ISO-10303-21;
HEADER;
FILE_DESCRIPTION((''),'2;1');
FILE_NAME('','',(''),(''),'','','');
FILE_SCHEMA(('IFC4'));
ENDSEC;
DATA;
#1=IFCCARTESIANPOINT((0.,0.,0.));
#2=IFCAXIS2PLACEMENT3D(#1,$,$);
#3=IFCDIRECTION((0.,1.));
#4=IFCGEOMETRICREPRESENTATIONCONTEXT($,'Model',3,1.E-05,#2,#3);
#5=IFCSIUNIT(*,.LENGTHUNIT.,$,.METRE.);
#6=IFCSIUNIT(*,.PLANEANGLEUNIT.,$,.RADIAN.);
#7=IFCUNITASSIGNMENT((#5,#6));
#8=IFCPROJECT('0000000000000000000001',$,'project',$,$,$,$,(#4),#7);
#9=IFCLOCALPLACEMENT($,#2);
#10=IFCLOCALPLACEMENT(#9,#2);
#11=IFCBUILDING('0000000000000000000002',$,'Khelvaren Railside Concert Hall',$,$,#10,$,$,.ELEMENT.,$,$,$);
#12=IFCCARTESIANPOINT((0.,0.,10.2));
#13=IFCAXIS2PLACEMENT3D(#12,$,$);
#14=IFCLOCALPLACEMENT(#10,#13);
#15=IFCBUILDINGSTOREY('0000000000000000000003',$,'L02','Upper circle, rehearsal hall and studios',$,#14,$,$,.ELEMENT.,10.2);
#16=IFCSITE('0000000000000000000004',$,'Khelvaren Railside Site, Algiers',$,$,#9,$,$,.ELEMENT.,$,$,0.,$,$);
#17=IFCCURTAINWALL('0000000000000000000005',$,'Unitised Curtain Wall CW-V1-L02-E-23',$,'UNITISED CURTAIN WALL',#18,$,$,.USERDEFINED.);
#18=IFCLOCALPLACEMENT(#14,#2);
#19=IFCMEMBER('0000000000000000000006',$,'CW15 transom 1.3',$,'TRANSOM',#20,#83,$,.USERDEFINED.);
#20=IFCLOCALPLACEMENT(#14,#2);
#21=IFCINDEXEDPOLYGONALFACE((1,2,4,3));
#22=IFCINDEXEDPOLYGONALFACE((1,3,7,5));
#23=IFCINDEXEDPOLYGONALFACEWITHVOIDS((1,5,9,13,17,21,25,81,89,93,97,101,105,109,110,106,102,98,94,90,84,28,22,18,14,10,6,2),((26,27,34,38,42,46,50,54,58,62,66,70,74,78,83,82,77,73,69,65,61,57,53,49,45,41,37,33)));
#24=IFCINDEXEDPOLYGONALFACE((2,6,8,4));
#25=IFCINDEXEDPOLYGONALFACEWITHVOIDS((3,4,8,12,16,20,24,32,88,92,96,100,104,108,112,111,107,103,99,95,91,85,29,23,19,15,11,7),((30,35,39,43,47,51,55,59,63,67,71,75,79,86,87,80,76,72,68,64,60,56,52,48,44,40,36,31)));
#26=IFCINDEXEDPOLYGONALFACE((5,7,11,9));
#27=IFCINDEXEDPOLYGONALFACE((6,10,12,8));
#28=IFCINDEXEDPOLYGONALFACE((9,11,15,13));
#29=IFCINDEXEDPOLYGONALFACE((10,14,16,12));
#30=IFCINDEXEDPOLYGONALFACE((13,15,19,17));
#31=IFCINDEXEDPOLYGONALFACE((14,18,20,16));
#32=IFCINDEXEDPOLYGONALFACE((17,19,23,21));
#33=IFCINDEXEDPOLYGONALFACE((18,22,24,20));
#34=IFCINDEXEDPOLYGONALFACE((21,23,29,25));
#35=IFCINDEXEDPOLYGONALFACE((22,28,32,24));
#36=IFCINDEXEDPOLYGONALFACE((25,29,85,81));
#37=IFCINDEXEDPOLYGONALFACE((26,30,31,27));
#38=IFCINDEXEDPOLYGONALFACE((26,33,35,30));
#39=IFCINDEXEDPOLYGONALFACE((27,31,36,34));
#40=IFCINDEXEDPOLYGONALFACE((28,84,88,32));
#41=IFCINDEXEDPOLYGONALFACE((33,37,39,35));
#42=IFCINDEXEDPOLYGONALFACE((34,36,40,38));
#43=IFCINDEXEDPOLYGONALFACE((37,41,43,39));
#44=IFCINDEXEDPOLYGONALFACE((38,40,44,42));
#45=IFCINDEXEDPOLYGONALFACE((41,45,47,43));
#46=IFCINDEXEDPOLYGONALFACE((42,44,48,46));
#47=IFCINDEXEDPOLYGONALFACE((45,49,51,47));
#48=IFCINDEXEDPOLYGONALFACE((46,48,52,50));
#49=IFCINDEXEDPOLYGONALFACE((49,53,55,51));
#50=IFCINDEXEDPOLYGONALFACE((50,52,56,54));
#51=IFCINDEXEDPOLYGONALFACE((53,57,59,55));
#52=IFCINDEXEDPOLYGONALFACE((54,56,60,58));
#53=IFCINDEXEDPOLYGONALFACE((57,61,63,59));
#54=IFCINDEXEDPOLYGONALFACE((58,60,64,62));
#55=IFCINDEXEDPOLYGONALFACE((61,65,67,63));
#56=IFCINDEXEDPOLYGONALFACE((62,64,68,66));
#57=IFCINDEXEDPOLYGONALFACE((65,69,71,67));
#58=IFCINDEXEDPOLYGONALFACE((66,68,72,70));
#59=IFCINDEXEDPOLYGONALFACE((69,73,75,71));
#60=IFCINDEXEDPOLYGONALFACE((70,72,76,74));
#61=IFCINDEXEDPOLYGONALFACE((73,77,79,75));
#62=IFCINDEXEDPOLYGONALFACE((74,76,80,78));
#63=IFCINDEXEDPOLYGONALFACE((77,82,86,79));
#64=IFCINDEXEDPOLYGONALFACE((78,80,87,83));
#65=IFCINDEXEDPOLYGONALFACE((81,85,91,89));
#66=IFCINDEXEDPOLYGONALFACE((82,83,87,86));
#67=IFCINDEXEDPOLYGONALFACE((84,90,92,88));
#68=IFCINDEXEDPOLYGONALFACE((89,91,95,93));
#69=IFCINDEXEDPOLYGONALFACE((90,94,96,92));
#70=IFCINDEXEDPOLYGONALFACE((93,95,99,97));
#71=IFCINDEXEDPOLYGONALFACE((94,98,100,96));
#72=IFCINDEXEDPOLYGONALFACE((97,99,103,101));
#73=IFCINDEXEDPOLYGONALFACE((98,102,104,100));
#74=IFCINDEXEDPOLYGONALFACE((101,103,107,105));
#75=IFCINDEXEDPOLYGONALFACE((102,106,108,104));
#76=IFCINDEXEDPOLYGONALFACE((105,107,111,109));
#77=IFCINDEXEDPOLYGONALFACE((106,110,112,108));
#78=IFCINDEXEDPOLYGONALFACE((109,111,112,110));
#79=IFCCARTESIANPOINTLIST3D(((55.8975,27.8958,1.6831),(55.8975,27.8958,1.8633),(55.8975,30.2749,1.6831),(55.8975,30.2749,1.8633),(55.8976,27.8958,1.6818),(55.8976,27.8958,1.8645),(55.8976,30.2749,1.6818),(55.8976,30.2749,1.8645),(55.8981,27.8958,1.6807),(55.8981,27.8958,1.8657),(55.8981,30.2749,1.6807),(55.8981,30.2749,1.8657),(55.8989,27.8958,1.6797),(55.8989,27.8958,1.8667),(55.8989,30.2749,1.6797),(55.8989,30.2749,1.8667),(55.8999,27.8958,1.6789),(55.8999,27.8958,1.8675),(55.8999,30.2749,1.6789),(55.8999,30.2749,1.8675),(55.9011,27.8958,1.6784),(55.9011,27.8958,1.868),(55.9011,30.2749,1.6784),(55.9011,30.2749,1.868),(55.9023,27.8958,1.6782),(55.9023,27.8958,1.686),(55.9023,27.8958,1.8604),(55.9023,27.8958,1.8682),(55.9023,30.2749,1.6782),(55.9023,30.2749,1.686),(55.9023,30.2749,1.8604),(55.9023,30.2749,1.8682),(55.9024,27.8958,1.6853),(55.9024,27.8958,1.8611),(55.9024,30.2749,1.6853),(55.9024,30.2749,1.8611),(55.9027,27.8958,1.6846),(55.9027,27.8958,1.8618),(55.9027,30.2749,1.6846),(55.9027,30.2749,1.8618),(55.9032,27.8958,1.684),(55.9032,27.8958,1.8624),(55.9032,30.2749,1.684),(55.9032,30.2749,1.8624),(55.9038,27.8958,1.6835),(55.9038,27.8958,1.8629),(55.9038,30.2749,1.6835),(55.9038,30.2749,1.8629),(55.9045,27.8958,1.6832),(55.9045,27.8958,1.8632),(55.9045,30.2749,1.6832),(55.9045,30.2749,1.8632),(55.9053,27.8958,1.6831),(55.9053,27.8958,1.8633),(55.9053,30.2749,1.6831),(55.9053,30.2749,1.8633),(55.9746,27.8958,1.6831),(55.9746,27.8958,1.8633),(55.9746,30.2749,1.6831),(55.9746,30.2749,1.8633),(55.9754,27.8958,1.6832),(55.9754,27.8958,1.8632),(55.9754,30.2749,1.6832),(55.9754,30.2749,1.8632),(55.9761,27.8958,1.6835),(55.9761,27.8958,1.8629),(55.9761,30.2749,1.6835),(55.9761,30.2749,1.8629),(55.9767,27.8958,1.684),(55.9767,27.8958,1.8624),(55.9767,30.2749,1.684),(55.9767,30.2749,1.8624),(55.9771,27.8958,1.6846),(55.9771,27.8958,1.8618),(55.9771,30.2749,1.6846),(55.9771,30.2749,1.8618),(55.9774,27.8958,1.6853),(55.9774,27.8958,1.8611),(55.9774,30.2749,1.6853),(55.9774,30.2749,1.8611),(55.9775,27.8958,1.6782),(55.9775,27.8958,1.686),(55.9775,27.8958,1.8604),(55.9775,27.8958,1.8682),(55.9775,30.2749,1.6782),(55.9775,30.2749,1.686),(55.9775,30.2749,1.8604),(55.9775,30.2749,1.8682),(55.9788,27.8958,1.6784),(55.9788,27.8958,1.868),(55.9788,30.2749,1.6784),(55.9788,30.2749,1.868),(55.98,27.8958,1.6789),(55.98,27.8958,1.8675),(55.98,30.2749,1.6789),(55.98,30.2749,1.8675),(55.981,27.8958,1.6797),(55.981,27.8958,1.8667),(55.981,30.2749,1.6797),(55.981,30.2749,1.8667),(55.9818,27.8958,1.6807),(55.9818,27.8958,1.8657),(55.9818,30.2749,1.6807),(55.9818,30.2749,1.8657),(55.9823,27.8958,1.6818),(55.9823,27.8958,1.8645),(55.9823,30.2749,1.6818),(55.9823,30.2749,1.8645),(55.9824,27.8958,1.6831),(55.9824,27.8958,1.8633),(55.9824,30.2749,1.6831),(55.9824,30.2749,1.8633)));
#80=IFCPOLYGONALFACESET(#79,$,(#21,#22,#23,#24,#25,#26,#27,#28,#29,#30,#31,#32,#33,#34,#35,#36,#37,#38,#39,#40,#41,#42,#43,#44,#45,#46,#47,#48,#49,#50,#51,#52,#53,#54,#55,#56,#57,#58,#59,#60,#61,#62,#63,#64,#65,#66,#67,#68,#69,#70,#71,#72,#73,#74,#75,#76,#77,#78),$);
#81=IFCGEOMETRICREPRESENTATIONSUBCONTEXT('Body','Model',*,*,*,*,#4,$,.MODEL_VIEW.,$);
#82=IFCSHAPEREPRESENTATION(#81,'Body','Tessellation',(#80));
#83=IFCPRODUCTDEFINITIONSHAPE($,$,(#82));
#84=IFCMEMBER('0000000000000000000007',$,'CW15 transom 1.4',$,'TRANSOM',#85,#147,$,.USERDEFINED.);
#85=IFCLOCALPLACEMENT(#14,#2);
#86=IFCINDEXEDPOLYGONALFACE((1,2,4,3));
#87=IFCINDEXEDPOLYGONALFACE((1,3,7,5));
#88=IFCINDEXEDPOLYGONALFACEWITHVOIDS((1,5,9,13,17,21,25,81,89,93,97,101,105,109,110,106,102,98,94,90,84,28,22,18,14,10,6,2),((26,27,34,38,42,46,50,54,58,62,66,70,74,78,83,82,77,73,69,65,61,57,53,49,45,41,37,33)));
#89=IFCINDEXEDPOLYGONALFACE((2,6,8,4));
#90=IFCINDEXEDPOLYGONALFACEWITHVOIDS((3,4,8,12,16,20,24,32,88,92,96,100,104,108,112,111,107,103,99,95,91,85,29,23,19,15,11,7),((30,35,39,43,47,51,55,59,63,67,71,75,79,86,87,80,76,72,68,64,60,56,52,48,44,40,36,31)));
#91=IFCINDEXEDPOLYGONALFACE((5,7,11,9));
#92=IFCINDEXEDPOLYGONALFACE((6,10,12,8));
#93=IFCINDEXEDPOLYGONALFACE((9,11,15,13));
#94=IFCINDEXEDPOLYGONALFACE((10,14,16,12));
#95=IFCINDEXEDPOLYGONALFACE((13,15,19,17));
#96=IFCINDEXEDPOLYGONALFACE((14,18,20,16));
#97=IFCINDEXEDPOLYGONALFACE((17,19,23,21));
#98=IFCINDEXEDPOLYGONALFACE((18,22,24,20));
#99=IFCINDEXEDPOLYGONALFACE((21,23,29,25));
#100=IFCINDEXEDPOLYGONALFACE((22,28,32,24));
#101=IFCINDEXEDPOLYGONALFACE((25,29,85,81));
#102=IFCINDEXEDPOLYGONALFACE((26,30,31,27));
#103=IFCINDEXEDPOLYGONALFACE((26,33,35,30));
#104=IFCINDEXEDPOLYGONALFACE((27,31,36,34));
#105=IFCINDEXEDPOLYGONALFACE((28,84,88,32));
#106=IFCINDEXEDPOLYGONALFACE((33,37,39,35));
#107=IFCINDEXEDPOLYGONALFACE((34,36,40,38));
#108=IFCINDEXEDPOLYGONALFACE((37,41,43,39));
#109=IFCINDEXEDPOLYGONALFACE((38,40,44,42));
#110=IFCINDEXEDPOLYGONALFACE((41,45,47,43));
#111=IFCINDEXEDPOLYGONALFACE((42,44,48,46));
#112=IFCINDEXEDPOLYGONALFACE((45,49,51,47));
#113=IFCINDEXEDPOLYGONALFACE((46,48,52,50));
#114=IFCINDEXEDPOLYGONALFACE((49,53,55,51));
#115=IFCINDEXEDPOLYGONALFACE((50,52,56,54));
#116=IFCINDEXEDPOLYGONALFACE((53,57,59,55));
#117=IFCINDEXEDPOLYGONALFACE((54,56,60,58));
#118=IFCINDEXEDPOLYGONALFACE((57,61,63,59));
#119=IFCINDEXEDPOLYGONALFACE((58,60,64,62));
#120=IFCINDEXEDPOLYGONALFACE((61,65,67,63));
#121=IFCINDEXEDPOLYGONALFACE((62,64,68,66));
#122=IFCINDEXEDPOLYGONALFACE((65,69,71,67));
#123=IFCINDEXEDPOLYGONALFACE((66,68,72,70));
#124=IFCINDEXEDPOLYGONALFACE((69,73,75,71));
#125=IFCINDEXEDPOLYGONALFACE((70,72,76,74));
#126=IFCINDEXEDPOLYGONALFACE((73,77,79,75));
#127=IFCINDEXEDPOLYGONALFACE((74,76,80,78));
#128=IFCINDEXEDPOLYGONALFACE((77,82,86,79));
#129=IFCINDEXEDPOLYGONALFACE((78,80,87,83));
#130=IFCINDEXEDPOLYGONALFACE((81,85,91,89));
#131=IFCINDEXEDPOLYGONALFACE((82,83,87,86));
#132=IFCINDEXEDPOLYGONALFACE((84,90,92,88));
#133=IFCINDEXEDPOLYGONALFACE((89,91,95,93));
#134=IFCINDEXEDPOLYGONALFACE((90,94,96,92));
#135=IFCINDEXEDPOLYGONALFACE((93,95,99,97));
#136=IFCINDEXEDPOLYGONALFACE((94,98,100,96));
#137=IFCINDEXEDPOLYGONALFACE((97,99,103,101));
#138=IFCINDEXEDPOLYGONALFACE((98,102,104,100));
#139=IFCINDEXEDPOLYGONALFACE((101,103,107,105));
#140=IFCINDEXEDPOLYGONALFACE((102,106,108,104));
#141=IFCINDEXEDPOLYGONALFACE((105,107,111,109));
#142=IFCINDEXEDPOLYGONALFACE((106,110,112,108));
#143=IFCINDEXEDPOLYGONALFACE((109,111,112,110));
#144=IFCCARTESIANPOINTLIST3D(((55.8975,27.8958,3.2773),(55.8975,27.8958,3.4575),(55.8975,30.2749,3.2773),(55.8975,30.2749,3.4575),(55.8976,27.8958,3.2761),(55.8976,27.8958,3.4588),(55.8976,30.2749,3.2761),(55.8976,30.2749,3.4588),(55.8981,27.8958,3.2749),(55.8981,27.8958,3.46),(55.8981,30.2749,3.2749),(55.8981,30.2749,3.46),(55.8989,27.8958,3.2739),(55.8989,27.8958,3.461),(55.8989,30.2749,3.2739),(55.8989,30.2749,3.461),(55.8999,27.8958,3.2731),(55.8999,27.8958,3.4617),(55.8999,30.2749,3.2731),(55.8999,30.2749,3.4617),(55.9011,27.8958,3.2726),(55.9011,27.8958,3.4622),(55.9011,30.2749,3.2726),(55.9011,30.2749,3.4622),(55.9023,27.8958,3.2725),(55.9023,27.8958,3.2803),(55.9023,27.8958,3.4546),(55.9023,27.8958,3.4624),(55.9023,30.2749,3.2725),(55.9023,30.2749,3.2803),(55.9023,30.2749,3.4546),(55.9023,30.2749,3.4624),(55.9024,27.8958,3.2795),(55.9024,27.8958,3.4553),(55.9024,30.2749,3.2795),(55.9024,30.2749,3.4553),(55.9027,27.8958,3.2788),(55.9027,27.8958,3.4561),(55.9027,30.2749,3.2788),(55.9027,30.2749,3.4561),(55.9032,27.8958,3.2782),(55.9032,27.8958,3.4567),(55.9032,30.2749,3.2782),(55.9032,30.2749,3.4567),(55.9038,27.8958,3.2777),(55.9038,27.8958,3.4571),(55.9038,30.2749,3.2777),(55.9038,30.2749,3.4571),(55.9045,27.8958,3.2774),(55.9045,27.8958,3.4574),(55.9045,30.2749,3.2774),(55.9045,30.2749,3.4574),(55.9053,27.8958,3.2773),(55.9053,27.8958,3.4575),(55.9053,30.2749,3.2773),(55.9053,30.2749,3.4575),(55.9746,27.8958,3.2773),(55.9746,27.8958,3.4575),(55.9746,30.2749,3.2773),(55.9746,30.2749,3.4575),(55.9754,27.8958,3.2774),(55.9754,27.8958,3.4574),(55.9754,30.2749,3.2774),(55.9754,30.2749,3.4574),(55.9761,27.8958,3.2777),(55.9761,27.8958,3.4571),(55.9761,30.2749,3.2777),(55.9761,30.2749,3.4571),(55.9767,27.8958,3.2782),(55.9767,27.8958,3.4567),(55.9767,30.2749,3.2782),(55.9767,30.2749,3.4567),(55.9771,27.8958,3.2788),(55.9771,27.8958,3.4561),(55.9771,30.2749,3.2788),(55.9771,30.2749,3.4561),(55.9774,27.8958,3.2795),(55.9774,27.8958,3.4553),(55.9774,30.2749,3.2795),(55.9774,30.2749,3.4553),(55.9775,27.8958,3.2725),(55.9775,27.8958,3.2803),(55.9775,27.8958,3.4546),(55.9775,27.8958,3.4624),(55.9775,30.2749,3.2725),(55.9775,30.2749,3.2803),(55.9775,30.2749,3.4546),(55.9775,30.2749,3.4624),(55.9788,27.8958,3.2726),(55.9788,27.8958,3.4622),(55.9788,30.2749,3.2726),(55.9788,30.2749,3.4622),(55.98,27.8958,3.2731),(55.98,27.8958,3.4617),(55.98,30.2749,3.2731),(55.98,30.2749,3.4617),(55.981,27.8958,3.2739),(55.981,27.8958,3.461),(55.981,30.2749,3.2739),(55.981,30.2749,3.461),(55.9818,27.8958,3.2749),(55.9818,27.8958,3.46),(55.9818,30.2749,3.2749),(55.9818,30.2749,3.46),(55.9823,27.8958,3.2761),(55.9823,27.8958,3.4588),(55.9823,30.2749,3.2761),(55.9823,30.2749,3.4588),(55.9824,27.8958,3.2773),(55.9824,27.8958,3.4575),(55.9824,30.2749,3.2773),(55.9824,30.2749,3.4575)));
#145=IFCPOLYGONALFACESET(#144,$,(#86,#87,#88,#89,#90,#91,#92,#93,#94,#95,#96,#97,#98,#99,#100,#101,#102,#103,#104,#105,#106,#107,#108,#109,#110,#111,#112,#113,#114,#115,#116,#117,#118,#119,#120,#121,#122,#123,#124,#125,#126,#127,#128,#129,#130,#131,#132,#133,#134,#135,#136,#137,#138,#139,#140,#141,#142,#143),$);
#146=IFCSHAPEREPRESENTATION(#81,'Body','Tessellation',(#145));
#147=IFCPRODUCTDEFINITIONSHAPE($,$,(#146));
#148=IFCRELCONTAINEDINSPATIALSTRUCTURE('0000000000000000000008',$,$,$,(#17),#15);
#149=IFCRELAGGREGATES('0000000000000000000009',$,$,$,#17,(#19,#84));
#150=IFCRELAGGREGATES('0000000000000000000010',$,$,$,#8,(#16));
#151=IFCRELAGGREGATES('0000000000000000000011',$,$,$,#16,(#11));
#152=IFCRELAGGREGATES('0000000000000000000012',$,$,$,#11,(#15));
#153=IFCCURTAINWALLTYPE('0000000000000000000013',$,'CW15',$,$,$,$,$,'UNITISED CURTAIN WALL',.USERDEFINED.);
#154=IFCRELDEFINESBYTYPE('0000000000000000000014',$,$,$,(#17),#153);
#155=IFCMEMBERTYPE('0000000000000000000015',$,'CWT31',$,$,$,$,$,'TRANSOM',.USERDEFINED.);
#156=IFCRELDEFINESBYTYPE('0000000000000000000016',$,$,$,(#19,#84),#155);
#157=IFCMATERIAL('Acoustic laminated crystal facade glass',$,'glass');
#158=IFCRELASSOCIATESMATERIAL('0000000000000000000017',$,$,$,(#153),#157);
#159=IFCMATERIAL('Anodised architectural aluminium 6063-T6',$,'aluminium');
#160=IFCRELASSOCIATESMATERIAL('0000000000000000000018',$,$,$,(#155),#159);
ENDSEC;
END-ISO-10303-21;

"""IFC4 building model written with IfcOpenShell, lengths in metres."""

from ifc_helpers import new_model, si_unit, direction, frame, origin, origin_2d, place, context, subcontext, project, spatial, hollow_rectangle, extrude, material, material_profile, profile_set, type_object, element, aggregate, save


model = new_model("IFC4")

# Units and contexts
model_context = context("Model", 3, precision=1e-05, world=origin(), true_north=direction((0.0, 1.0)))
body_context = subcontext(model_context, "Body", "Model", "MODEL_VIEW")
ifc_project = project(units=[si_unit("LENGTHUNIT", "METRE"), si_unit("PLANEANGLEUNIT", "RADIAN")], contexts=[model_context])

# Site, building, storey
site_placement = place(None, origin())
site = spatial("IfcSite", under=ifc_project, at=site_placement, Name="Khelvaren Railside Site, Algiers", CompositionType="ELEMENT", RefElevation=0.0)
building_placement = place(site_placement, origin())
building = spatial("IfcBuilding", under=site, at=building_placement, Name="Khelvaren Railside Concert Hall", CompositionType="ELEMENT")
storey_placement = place(building_placement, frame((0.0, 0.0, 10.2)))
storey = spatial("IfcBuildingStorey", under=building, at=storey_placement, Name="L02", Description="Upper circle, rehearsal hall and studios", CompositionType="ELEMENT", Elevation=10.2)

# Shared definitions
ifc_material_1 = material(Name="Anodised architectural aluminium 6063-T6", Category="aluminium")

# Curtain wall, members
ifc_material_2 = material(Name="Acoustic laminated crystal facade glass", Category="glass")
curtain_wall_type_1 = type_object("IfcCurtainWallType", Name="CW15", ElementType="UNITISED CURTAIN WALL", PredefinedType="USERDEFINED", material=ifc_material_2)
curtain_wall_1_placement = place(storey_placement, origin())
curtain_wall_1 = element("IfcCurtainWall", 1, at=curtain_wall_1_placement, inside=storey, type_object=curtain_wall_type_1, Name="Unitised Curtain Wall CW-V1-L02-E-23", ObjectType="UNITISED CURTAIN WALL", PredefinedType="USERDEFINED")
ifc_material_profile_1 = material_profile(ifc_material_1, hollow_rectangle(XDim=0.085, YDim=0.1899, WallThickness=0.0049, InnerFilletRadius=0.0029, OuterFilletRadius=0.0049, at=origin_2d()), Name="CWT 85x190x5")
ifc_profile_set_1 = profile_set([ifc_material_profile_1], Name="Anodised architectural aluminium 6063-T6")
member_type_1 = type_object("IfcMemberType", Name="CWT31", ElementType="TRANSOM", PredefinedType="USERDEFINED", material=ifc_profile_set_1)
member_1_placement = place(storey_placement, frame((55.9399, 30.2749, 1.7732), z_axis=(0.0, -1.0, 0.0), x_axis=(1.0, 0.0, 0.0)))
member_1 = element("IfcMember", 2, at=member_1_placement, type_object=member_type_1, Name="CW15 transom 1.3", ObjectType="TRANSOM", PredefinedType="USERDEFINED", context=body_context, shape_type="SweptSolid", body=[
    extrude(hollow_rectangle(XDim=0.085, YDim=0.1899, WallThickness=0.0049, InnerFilletRadius=0.0029, OuterFilletRadius=0.0049, at=origin_2d()), origin(), (0.0, 0.0, 1.0), 2.3792),
])
member_2_placement = place(storey_placement, frame((55.9399, 30.2749, 3.3674), z_axis=(0.0, -1.0, 0.0), x_axis=(1.0, 0.0, 0.0)))
member_2 = element("IfcMember", 3, at=member_2_placement, type_object=member_type_1, Name="CW15 transom 1.4", ObjectType="TRANSOM", PredefinedType="USERDEFINED", context=body_context, shape_type="SweptSolid", body=[
    extrude(hollow_rectangle(XDim=0.085, YDim=0.1899, WallThickness=0.0049, InnerFilletRadius=0.0029, OuterFilletRadius=0.0049, at=origin_2d()), origin(), (0.0, 0.0, 1.0), 2.3792),
])
aggregate(curtain_wall_1, [member_1, member_2])

save(model, "model.ifc")
